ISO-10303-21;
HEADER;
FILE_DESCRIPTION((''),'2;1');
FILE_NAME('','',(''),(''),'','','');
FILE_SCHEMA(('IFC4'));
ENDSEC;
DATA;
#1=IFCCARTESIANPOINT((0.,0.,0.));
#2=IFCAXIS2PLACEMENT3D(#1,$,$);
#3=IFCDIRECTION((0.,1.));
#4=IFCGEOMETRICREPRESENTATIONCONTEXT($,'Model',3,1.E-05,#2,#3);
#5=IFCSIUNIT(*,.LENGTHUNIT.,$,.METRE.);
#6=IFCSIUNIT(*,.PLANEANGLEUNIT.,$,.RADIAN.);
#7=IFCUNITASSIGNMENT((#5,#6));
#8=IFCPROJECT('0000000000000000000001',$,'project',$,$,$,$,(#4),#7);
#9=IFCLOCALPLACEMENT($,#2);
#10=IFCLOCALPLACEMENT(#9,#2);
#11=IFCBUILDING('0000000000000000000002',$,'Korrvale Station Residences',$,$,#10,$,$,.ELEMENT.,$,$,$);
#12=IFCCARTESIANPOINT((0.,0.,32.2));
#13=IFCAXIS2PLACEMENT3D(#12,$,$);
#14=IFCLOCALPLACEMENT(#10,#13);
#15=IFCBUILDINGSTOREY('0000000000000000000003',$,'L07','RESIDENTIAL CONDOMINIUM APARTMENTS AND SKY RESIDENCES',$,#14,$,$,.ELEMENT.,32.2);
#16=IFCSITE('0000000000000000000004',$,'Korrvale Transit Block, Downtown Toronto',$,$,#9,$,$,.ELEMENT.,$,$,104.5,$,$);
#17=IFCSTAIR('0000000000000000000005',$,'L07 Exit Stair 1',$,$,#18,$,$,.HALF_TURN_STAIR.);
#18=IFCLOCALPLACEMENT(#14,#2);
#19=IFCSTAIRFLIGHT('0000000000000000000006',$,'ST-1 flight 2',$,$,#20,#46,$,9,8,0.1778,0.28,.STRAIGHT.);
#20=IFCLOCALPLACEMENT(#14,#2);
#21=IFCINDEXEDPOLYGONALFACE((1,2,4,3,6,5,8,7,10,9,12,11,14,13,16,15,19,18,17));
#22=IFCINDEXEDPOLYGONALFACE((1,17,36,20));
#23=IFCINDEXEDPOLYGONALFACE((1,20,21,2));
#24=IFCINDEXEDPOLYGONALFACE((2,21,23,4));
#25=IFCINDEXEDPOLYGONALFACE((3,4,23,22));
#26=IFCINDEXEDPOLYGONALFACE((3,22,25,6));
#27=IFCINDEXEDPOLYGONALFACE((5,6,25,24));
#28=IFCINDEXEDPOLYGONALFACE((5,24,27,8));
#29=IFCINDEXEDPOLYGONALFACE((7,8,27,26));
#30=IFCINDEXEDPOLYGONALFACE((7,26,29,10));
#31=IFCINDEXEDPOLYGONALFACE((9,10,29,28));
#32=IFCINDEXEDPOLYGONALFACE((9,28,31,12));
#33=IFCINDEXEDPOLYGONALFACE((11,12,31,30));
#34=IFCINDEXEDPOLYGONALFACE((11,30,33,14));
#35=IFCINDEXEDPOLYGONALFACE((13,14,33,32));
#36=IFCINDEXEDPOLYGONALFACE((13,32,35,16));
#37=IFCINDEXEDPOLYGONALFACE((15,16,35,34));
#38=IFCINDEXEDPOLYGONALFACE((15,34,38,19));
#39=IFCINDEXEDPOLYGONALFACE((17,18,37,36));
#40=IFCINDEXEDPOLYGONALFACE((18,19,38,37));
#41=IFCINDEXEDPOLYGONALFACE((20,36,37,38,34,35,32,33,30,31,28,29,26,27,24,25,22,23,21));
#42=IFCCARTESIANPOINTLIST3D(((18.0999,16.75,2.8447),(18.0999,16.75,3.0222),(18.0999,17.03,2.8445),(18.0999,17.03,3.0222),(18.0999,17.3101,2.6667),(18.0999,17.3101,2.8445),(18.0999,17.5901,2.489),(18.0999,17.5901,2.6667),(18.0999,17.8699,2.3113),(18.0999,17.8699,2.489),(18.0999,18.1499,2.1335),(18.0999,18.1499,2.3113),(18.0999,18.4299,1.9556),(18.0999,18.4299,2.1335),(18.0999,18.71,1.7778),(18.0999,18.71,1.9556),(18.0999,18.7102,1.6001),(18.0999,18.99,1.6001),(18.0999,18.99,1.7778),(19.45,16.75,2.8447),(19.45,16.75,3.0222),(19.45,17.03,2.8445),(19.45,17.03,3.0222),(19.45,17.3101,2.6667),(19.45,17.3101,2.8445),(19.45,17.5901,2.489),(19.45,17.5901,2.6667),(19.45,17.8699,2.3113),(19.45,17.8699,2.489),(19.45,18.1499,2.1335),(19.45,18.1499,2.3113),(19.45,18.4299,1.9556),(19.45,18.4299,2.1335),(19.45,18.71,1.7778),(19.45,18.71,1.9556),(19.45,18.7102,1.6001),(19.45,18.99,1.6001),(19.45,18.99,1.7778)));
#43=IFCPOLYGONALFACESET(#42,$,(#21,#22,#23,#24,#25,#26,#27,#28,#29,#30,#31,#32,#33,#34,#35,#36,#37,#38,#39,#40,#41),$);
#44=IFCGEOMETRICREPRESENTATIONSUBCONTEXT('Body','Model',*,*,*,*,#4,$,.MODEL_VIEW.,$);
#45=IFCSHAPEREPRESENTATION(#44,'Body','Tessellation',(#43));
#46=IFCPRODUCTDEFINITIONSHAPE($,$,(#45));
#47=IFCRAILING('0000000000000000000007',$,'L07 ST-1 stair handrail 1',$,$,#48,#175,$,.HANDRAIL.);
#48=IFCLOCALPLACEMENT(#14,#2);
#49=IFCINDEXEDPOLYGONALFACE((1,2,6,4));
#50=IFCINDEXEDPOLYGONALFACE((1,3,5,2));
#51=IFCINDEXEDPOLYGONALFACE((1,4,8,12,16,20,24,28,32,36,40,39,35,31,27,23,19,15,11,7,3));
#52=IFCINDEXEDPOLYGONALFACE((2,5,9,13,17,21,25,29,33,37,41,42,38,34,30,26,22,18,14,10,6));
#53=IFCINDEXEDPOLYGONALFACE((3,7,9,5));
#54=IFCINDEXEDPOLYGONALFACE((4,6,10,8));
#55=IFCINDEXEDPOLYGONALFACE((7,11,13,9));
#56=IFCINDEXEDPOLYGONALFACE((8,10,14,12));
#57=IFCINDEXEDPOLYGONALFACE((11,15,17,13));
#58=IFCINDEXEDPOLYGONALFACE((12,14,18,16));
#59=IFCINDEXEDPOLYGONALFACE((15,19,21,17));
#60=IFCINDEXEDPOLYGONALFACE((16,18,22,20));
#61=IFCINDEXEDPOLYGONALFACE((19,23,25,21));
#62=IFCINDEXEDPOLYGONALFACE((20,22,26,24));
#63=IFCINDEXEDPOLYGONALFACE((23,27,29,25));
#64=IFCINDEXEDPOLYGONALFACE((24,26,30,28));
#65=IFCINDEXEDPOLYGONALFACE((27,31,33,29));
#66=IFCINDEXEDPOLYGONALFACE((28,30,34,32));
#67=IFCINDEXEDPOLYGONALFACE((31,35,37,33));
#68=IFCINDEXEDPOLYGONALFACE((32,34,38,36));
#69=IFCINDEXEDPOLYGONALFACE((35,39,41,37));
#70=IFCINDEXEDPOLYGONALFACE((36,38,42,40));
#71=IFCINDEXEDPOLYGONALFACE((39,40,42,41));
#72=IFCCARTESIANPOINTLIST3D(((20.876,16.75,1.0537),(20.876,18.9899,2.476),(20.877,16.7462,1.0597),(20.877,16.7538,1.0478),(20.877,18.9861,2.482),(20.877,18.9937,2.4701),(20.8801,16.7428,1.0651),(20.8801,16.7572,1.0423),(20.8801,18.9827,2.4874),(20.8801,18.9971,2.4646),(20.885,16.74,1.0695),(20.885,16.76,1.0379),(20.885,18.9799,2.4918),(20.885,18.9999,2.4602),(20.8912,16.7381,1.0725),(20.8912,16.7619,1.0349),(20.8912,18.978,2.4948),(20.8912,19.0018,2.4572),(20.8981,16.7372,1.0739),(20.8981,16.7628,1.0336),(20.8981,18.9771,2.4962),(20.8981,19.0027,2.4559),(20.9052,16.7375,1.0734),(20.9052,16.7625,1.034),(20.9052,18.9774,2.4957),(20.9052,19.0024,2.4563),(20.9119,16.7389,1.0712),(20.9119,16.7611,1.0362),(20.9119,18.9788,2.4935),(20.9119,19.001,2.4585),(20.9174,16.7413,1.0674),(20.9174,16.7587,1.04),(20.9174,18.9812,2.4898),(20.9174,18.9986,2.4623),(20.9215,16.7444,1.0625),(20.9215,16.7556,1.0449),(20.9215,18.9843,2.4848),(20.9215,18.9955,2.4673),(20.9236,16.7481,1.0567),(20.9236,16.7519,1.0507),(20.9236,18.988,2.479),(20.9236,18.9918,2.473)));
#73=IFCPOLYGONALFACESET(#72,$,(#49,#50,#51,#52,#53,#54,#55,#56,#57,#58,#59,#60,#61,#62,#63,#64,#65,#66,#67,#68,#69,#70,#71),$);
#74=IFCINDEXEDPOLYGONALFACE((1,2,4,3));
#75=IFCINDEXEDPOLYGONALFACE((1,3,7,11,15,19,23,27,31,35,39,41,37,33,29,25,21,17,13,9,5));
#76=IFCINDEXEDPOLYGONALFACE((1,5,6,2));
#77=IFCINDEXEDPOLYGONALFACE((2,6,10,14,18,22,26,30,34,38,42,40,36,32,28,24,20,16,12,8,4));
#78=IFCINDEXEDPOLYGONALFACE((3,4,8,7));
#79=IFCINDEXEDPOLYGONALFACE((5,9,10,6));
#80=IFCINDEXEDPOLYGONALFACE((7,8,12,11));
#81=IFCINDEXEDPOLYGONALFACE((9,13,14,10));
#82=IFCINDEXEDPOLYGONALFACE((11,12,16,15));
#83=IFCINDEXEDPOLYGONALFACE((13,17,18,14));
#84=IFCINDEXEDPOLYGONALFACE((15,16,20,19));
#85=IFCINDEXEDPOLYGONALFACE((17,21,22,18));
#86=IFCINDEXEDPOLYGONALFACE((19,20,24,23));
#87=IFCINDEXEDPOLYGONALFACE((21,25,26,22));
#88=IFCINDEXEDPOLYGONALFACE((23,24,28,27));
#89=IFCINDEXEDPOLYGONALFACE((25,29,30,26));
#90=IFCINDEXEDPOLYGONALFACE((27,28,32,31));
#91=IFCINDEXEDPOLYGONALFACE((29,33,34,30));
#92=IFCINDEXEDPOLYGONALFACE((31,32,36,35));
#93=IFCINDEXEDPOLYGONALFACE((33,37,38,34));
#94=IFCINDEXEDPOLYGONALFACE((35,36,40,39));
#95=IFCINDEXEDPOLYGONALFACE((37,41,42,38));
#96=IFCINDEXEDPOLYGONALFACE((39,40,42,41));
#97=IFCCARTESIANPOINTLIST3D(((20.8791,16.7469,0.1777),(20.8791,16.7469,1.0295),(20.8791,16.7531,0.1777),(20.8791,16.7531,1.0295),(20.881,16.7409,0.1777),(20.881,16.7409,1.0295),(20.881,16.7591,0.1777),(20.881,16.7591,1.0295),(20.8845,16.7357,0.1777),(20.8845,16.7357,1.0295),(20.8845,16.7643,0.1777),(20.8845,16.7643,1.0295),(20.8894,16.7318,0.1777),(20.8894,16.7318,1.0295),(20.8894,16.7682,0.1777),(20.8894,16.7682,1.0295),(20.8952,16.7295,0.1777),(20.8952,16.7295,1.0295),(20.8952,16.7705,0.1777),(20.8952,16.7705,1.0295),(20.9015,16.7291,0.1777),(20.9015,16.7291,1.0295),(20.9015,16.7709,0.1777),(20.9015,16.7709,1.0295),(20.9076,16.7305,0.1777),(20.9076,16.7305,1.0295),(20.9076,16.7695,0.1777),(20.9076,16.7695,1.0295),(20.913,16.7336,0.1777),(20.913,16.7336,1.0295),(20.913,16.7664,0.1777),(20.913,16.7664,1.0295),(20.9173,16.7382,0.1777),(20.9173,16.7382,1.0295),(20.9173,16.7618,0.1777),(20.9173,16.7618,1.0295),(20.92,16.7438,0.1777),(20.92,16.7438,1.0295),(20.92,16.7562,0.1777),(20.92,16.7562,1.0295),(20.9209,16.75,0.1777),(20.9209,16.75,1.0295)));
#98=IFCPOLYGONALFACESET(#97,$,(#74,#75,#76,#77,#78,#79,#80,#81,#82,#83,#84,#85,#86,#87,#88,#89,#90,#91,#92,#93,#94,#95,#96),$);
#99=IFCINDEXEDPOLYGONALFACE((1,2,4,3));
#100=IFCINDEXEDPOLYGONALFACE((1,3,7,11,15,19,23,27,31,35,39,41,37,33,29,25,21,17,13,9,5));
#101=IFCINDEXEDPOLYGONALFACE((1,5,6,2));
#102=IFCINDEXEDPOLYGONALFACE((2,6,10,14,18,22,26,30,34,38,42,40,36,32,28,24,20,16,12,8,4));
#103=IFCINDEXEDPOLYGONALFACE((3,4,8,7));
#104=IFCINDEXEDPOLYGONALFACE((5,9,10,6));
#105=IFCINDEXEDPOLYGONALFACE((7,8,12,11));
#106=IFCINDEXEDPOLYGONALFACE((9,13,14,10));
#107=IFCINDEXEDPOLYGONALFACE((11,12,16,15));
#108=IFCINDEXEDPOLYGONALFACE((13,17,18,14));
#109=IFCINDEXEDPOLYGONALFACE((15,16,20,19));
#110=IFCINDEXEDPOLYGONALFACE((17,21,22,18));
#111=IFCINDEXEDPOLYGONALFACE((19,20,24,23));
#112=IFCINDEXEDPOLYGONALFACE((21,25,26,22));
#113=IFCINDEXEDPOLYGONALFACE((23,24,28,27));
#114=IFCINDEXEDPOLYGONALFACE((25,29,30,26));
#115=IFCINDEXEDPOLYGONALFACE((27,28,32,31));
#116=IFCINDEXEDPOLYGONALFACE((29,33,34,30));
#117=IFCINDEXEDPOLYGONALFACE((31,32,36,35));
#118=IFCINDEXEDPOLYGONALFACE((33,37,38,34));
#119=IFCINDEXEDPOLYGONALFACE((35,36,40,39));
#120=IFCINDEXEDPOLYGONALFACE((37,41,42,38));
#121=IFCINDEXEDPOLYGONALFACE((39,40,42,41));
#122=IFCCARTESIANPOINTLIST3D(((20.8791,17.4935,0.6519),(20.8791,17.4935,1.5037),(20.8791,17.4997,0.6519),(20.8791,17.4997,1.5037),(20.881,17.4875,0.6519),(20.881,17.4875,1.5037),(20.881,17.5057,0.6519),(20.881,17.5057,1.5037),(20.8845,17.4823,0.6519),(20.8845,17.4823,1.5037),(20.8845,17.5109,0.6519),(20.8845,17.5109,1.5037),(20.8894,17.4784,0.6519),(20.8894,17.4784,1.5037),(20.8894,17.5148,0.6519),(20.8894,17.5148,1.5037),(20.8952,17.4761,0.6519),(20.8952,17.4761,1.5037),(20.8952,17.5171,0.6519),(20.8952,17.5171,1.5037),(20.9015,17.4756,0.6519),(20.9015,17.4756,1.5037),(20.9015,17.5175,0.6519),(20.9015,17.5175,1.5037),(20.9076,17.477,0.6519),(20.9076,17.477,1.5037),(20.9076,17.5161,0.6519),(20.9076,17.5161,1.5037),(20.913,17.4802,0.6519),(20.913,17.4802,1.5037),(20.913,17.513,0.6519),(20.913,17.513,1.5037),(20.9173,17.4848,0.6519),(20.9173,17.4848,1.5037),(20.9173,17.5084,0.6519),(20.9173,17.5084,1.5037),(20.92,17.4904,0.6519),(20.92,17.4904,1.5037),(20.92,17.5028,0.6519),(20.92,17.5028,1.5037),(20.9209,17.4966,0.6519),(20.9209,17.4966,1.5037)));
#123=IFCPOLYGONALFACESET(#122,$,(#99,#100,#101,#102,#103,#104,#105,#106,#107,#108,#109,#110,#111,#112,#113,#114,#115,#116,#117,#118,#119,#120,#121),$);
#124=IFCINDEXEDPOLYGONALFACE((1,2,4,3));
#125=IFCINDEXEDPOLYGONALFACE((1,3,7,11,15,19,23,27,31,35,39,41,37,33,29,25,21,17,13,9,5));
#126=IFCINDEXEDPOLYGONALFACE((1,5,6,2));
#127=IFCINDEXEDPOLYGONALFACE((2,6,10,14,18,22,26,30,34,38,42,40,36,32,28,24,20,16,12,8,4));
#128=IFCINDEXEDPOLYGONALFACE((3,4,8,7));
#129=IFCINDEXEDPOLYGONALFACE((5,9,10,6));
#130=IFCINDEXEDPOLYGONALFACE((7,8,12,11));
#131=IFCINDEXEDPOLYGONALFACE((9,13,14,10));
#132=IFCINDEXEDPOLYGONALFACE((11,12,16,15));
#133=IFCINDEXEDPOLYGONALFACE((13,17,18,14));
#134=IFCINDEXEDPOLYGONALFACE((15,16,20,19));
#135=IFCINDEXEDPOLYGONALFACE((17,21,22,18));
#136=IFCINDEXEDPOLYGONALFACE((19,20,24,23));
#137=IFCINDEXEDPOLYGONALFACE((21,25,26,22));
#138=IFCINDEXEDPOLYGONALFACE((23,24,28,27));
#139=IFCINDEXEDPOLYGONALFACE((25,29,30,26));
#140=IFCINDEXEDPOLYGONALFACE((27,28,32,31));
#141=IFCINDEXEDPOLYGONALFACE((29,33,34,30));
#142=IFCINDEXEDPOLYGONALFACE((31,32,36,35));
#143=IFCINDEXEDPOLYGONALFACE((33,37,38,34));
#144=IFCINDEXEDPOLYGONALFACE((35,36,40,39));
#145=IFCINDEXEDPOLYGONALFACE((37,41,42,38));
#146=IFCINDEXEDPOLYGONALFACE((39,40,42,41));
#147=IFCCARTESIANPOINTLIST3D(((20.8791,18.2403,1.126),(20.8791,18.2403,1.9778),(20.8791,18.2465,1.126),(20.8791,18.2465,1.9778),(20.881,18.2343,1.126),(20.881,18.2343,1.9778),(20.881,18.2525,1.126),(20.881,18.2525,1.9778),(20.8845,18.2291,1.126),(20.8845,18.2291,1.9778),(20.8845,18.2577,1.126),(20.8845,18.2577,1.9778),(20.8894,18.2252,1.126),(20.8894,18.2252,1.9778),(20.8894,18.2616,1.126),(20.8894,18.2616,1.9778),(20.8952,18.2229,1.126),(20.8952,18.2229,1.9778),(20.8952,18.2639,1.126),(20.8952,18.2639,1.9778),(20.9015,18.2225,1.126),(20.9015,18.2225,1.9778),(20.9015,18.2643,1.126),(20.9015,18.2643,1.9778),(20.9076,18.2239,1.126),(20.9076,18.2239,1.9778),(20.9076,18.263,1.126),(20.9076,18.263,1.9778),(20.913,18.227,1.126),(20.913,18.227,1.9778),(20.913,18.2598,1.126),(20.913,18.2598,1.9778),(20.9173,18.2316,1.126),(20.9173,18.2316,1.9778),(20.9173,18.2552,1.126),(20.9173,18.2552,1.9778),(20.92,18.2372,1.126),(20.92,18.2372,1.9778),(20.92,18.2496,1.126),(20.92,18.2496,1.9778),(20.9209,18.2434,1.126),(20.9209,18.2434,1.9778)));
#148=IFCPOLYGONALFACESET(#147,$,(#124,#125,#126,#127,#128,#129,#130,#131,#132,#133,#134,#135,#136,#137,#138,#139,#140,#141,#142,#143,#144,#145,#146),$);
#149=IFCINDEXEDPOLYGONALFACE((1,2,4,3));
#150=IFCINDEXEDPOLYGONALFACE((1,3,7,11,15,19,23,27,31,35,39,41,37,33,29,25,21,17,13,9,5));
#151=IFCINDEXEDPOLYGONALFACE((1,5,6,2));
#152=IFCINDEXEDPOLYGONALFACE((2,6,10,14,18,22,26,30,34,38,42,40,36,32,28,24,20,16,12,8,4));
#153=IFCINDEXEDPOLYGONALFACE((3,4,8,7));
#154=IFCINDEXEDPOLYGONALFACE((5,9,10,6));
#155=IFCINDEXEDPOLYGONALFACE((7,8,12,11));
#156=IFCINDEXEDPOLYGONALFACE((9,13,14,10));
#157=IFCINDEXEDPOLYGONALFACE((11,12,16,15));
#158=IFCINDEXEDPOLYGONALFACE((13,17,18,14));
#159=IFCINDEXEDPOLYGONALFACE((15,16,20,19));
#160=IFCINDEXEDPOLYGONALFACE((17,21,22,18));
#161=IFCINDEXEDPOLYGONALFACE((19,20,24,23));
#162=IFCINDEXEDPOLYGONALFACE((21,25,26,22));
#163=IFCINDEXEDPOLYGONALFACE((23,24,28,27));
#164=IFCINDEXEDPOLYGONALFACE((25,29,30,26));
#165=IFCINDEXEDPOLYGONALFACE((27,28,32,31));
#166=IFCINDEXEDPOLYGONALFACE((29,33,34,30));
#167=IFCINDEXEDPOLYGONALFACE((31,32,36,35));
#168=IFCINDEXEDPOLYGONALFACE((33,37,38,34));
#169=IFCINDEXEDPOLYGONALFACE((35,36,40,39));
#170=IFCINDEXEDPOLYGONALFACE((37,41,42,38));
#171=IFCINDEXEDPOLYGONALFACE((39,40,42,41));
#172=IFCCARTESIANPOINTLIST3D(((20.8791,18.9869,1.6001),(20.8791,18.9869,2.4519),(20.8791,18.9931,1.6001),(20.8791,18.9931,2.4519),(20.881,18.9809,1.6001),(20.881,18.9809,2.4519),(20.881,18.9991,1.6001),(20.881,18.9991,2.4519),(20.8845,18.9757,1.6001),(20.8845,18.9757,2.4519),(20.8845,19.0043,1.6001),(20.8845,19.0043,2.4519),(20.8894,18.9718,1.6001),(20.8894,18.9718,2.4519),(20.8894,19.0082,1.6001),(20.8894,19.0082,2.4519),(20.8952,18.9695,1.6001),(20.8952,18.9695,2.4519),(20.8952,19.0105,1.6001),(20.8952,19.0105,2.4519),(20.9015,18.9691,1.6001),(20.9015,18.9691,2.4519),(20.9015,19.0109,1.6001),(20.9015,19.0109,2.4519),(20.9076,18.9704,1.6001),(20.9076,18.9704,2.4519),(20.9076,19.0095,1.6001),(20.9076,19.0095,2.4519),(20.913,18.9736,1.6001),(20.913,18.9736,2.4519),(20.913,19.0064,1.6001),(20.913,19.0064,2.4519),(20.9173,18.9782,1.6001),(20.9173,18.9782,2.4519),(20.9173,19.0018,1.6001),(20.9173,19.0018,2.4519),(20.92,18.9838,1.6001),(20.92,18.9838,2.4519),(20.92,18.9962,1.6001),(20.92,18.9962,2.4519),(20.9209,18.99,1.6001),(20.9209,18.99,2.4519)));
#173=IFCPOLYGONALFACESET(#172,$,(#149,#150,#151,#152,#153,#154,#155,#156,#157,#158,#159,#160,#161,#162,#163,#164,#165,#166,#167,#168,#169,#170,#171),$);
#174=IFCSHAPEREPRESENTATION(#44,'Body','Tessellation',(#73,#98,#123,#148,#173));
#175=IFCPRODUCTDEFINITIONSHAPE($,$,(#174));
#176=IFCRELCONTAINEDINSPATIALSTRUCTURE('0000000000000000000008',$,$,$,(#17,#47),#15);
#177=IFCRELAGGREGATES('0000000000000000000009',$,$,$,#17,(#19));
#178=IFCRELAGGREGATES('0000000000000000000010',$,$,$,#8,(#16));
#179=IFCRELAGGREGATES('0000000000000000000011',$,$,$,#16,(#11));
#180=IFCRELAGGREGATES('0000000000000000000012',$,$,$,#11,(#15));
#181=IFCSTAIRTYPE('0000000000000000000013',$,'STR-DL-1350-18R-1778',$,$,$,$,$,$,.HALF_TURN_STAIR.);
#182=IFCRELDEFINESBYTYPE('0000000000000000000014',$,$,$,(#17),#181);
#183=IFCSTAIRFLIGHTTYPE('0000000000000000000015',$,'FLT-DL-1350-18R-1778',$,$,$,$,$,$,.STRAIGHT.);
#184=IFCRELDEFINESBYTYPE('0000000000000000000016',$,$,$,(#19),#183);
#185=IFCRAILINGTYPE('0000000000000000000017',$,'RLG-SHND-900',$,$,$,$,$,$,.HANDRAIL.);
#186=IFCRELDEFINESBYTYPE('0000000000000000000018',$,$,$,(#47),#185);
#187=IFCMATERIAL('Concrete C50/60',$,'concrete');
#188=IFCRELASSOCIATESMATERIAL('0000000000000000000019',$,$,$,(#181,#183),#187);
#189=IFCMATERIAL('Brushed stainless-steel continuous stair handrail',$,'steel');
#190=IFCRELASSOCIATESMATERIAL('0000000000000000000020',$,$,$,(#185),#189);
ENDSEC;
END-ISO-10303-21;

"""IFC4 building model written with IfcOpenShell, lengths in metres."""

from ifc_helpers import new_model, si_unit, direction, frame, origin, origin_2d, place, context, subcontext, project, spatial, polyline, circle, outline, extrude, material, type_object, element, aggregate, save


model = new_model("IFC4")

# Units and contexts
model_context = context("Model", 3, precision=1e-05, world=origin(), true_north=direction((0.0, 1.0)))
body_context = subcontext(model_context, "Body", "Model", "MODEL_VIEW")
ifc_project = project(units=[si_unit("LENGTHUNIT", "METRE"), si_unit("PLANEANGLEUNIT", "RADIAN")], contexts=[model_context])

# Site, building, storey
site_placement = place(None, origin())
site = spatial("IfcSite", under=ifc_project, at=site_placement, Name="Korrvale Transit Block, Downtown Toronto", CompositionType="ELEMENT", RefElevation=104.5)
building_placement = place(site_placement, origin())
building = spatial("IfcBuilding", under=site, at=building_placement, Name="Korrvale Station Residences", CompositionType="ELEMENT")
storey_placement = place(building_placement, frame((0.0, 0.0, 32.2)))
storey = spatial("IfcBuildingStorey", under=building, at=storey_placement, Name="L07", Description="RESIDENTIAL CONDOMINIUM APARTMENTS AND SKY RESIDENCES", CompositionType="ELEMENT", Elevation=32.2)

# Stair, stair flight
ifc_material_1 = material(Name="Concrete C50/60", Category="concrete")
stair_type = type_object("IfcStairType", Name="STR-DL-1350-18R-1778", PredefinedType="HALF_TURN_STAIR", material=ifc_material_1)
stair_placement = place(storey_placement, origin())
stair = element("IfcStair", 1, at=stair_placement, inside=storey, type_object=stair_type, Name="L07 Exit Stair 1", PredefinedType="HALF_TURN_STAIR")
stair_flight_type = type_object("IfcStairFlightType", Name="FLT-DL-1350-18R-1778", PredefinedType="STRAIGHT", material=ifc_material_1)
stair_flight_1_placement = place(storey_placement, frame((18.7749, 18.99, 1.6001), z_axis=(0.0, 0.0, 1.0), x_axis=(0.0, -1.0, 0.0)))
stair_flight_1 = element("IfcStairFlight", 2, at=stair_flight_1_placement, type_object=stair_flight_type, Name="ST-1 flight 2", NumberOfRisers=9, NumberOfTreads=8, PredefinedType="STRAIGHT", RiserHeight=0.1778, TreadLength=0.28, context=body_context, shape_type="SweptSolid", body=[
    extrude(outline(polyline([(0.0, 0.0), (0.0, 0.1777), (0.28, 0.1777), (0.28, 0.3555), (0.5601, 0.3555), (0.5601, 0.5334), (0.8401, 0.5334), (0.8401, 0.7112), (1.1201, 0.7112), (1.1201, 0.8889), (1.3999, 0.8889), (1.3999, 1.0667), (1.6799, 1.0667), (1.6799, 1.2444), (1.96, 1.2444), (1.96, 1.4221), (2.24, 1.4221), (2.24, 1.6001), (2.24, 1.2446), (0.2798, 0.0), (0.0, 0.0)])), frame((0.0, 0.675, 0.0), z_axis=(0.0, -1.0, 0.0), x_axis=(1.0, 0.0, 0.0)), (0.0, 0.0, 1.0), 1.3501),
])
aggregate(stair, [stair_flight_1])

# Railing
ifc_material_2 = material(Name="Brushed stainless-steel continuous stair handrail", Category="steel")
railing_type_1 = type_object("IfcRailingType", Name="RLG-SHND-900", PredefinedType="HANDRAIL", material=ifc_material_2)
railing_1_placement = place(storey_placement, frame((20.8999, 16.75, 0.1777)))
element("IfcRailing", 3, at=railing_1_placement, inside=storey, type_object=railing_type_1, Name="L07 ST-1 stair handrail 1", PredefinedType="HANDRAIL", context=body_context, shape_type="SweptSolid", body=[
    extrude(circle(Radius=0.0239, at=origin_2d()), frame((0.0, 0.0, 0.876), z_axis=(0.0, 0.844188, 0.536048), x_axis=(-1.0, 0.0, 0.0)), (0.0, 0.0, 1.0), 2.6533),
    extrude(circle(Radius=0.021, at=origin_2d()), origin(), (0.0, 0.0, 1.0), 0.8518),
    extrude(circle(Radius=0.021, at=origin_2d()), frame((0.0, 0.7466, 0.4741)), (0.0, 0.0, 1.0), 0.8518),
    extrude(circle(Radius=0.021, at=origin_2d()), frame((0.0, 1.4934, 0.9482)), (0.0, 0.0, 1.0), 0.8518),
    extrude(circle(Radius=0.021, at=origin_2d()), frame((0.0, 2.24, 1.4224)), (0.0, 0.0, 1.0), 0.8518),
])

save(model, "model.ifc")
